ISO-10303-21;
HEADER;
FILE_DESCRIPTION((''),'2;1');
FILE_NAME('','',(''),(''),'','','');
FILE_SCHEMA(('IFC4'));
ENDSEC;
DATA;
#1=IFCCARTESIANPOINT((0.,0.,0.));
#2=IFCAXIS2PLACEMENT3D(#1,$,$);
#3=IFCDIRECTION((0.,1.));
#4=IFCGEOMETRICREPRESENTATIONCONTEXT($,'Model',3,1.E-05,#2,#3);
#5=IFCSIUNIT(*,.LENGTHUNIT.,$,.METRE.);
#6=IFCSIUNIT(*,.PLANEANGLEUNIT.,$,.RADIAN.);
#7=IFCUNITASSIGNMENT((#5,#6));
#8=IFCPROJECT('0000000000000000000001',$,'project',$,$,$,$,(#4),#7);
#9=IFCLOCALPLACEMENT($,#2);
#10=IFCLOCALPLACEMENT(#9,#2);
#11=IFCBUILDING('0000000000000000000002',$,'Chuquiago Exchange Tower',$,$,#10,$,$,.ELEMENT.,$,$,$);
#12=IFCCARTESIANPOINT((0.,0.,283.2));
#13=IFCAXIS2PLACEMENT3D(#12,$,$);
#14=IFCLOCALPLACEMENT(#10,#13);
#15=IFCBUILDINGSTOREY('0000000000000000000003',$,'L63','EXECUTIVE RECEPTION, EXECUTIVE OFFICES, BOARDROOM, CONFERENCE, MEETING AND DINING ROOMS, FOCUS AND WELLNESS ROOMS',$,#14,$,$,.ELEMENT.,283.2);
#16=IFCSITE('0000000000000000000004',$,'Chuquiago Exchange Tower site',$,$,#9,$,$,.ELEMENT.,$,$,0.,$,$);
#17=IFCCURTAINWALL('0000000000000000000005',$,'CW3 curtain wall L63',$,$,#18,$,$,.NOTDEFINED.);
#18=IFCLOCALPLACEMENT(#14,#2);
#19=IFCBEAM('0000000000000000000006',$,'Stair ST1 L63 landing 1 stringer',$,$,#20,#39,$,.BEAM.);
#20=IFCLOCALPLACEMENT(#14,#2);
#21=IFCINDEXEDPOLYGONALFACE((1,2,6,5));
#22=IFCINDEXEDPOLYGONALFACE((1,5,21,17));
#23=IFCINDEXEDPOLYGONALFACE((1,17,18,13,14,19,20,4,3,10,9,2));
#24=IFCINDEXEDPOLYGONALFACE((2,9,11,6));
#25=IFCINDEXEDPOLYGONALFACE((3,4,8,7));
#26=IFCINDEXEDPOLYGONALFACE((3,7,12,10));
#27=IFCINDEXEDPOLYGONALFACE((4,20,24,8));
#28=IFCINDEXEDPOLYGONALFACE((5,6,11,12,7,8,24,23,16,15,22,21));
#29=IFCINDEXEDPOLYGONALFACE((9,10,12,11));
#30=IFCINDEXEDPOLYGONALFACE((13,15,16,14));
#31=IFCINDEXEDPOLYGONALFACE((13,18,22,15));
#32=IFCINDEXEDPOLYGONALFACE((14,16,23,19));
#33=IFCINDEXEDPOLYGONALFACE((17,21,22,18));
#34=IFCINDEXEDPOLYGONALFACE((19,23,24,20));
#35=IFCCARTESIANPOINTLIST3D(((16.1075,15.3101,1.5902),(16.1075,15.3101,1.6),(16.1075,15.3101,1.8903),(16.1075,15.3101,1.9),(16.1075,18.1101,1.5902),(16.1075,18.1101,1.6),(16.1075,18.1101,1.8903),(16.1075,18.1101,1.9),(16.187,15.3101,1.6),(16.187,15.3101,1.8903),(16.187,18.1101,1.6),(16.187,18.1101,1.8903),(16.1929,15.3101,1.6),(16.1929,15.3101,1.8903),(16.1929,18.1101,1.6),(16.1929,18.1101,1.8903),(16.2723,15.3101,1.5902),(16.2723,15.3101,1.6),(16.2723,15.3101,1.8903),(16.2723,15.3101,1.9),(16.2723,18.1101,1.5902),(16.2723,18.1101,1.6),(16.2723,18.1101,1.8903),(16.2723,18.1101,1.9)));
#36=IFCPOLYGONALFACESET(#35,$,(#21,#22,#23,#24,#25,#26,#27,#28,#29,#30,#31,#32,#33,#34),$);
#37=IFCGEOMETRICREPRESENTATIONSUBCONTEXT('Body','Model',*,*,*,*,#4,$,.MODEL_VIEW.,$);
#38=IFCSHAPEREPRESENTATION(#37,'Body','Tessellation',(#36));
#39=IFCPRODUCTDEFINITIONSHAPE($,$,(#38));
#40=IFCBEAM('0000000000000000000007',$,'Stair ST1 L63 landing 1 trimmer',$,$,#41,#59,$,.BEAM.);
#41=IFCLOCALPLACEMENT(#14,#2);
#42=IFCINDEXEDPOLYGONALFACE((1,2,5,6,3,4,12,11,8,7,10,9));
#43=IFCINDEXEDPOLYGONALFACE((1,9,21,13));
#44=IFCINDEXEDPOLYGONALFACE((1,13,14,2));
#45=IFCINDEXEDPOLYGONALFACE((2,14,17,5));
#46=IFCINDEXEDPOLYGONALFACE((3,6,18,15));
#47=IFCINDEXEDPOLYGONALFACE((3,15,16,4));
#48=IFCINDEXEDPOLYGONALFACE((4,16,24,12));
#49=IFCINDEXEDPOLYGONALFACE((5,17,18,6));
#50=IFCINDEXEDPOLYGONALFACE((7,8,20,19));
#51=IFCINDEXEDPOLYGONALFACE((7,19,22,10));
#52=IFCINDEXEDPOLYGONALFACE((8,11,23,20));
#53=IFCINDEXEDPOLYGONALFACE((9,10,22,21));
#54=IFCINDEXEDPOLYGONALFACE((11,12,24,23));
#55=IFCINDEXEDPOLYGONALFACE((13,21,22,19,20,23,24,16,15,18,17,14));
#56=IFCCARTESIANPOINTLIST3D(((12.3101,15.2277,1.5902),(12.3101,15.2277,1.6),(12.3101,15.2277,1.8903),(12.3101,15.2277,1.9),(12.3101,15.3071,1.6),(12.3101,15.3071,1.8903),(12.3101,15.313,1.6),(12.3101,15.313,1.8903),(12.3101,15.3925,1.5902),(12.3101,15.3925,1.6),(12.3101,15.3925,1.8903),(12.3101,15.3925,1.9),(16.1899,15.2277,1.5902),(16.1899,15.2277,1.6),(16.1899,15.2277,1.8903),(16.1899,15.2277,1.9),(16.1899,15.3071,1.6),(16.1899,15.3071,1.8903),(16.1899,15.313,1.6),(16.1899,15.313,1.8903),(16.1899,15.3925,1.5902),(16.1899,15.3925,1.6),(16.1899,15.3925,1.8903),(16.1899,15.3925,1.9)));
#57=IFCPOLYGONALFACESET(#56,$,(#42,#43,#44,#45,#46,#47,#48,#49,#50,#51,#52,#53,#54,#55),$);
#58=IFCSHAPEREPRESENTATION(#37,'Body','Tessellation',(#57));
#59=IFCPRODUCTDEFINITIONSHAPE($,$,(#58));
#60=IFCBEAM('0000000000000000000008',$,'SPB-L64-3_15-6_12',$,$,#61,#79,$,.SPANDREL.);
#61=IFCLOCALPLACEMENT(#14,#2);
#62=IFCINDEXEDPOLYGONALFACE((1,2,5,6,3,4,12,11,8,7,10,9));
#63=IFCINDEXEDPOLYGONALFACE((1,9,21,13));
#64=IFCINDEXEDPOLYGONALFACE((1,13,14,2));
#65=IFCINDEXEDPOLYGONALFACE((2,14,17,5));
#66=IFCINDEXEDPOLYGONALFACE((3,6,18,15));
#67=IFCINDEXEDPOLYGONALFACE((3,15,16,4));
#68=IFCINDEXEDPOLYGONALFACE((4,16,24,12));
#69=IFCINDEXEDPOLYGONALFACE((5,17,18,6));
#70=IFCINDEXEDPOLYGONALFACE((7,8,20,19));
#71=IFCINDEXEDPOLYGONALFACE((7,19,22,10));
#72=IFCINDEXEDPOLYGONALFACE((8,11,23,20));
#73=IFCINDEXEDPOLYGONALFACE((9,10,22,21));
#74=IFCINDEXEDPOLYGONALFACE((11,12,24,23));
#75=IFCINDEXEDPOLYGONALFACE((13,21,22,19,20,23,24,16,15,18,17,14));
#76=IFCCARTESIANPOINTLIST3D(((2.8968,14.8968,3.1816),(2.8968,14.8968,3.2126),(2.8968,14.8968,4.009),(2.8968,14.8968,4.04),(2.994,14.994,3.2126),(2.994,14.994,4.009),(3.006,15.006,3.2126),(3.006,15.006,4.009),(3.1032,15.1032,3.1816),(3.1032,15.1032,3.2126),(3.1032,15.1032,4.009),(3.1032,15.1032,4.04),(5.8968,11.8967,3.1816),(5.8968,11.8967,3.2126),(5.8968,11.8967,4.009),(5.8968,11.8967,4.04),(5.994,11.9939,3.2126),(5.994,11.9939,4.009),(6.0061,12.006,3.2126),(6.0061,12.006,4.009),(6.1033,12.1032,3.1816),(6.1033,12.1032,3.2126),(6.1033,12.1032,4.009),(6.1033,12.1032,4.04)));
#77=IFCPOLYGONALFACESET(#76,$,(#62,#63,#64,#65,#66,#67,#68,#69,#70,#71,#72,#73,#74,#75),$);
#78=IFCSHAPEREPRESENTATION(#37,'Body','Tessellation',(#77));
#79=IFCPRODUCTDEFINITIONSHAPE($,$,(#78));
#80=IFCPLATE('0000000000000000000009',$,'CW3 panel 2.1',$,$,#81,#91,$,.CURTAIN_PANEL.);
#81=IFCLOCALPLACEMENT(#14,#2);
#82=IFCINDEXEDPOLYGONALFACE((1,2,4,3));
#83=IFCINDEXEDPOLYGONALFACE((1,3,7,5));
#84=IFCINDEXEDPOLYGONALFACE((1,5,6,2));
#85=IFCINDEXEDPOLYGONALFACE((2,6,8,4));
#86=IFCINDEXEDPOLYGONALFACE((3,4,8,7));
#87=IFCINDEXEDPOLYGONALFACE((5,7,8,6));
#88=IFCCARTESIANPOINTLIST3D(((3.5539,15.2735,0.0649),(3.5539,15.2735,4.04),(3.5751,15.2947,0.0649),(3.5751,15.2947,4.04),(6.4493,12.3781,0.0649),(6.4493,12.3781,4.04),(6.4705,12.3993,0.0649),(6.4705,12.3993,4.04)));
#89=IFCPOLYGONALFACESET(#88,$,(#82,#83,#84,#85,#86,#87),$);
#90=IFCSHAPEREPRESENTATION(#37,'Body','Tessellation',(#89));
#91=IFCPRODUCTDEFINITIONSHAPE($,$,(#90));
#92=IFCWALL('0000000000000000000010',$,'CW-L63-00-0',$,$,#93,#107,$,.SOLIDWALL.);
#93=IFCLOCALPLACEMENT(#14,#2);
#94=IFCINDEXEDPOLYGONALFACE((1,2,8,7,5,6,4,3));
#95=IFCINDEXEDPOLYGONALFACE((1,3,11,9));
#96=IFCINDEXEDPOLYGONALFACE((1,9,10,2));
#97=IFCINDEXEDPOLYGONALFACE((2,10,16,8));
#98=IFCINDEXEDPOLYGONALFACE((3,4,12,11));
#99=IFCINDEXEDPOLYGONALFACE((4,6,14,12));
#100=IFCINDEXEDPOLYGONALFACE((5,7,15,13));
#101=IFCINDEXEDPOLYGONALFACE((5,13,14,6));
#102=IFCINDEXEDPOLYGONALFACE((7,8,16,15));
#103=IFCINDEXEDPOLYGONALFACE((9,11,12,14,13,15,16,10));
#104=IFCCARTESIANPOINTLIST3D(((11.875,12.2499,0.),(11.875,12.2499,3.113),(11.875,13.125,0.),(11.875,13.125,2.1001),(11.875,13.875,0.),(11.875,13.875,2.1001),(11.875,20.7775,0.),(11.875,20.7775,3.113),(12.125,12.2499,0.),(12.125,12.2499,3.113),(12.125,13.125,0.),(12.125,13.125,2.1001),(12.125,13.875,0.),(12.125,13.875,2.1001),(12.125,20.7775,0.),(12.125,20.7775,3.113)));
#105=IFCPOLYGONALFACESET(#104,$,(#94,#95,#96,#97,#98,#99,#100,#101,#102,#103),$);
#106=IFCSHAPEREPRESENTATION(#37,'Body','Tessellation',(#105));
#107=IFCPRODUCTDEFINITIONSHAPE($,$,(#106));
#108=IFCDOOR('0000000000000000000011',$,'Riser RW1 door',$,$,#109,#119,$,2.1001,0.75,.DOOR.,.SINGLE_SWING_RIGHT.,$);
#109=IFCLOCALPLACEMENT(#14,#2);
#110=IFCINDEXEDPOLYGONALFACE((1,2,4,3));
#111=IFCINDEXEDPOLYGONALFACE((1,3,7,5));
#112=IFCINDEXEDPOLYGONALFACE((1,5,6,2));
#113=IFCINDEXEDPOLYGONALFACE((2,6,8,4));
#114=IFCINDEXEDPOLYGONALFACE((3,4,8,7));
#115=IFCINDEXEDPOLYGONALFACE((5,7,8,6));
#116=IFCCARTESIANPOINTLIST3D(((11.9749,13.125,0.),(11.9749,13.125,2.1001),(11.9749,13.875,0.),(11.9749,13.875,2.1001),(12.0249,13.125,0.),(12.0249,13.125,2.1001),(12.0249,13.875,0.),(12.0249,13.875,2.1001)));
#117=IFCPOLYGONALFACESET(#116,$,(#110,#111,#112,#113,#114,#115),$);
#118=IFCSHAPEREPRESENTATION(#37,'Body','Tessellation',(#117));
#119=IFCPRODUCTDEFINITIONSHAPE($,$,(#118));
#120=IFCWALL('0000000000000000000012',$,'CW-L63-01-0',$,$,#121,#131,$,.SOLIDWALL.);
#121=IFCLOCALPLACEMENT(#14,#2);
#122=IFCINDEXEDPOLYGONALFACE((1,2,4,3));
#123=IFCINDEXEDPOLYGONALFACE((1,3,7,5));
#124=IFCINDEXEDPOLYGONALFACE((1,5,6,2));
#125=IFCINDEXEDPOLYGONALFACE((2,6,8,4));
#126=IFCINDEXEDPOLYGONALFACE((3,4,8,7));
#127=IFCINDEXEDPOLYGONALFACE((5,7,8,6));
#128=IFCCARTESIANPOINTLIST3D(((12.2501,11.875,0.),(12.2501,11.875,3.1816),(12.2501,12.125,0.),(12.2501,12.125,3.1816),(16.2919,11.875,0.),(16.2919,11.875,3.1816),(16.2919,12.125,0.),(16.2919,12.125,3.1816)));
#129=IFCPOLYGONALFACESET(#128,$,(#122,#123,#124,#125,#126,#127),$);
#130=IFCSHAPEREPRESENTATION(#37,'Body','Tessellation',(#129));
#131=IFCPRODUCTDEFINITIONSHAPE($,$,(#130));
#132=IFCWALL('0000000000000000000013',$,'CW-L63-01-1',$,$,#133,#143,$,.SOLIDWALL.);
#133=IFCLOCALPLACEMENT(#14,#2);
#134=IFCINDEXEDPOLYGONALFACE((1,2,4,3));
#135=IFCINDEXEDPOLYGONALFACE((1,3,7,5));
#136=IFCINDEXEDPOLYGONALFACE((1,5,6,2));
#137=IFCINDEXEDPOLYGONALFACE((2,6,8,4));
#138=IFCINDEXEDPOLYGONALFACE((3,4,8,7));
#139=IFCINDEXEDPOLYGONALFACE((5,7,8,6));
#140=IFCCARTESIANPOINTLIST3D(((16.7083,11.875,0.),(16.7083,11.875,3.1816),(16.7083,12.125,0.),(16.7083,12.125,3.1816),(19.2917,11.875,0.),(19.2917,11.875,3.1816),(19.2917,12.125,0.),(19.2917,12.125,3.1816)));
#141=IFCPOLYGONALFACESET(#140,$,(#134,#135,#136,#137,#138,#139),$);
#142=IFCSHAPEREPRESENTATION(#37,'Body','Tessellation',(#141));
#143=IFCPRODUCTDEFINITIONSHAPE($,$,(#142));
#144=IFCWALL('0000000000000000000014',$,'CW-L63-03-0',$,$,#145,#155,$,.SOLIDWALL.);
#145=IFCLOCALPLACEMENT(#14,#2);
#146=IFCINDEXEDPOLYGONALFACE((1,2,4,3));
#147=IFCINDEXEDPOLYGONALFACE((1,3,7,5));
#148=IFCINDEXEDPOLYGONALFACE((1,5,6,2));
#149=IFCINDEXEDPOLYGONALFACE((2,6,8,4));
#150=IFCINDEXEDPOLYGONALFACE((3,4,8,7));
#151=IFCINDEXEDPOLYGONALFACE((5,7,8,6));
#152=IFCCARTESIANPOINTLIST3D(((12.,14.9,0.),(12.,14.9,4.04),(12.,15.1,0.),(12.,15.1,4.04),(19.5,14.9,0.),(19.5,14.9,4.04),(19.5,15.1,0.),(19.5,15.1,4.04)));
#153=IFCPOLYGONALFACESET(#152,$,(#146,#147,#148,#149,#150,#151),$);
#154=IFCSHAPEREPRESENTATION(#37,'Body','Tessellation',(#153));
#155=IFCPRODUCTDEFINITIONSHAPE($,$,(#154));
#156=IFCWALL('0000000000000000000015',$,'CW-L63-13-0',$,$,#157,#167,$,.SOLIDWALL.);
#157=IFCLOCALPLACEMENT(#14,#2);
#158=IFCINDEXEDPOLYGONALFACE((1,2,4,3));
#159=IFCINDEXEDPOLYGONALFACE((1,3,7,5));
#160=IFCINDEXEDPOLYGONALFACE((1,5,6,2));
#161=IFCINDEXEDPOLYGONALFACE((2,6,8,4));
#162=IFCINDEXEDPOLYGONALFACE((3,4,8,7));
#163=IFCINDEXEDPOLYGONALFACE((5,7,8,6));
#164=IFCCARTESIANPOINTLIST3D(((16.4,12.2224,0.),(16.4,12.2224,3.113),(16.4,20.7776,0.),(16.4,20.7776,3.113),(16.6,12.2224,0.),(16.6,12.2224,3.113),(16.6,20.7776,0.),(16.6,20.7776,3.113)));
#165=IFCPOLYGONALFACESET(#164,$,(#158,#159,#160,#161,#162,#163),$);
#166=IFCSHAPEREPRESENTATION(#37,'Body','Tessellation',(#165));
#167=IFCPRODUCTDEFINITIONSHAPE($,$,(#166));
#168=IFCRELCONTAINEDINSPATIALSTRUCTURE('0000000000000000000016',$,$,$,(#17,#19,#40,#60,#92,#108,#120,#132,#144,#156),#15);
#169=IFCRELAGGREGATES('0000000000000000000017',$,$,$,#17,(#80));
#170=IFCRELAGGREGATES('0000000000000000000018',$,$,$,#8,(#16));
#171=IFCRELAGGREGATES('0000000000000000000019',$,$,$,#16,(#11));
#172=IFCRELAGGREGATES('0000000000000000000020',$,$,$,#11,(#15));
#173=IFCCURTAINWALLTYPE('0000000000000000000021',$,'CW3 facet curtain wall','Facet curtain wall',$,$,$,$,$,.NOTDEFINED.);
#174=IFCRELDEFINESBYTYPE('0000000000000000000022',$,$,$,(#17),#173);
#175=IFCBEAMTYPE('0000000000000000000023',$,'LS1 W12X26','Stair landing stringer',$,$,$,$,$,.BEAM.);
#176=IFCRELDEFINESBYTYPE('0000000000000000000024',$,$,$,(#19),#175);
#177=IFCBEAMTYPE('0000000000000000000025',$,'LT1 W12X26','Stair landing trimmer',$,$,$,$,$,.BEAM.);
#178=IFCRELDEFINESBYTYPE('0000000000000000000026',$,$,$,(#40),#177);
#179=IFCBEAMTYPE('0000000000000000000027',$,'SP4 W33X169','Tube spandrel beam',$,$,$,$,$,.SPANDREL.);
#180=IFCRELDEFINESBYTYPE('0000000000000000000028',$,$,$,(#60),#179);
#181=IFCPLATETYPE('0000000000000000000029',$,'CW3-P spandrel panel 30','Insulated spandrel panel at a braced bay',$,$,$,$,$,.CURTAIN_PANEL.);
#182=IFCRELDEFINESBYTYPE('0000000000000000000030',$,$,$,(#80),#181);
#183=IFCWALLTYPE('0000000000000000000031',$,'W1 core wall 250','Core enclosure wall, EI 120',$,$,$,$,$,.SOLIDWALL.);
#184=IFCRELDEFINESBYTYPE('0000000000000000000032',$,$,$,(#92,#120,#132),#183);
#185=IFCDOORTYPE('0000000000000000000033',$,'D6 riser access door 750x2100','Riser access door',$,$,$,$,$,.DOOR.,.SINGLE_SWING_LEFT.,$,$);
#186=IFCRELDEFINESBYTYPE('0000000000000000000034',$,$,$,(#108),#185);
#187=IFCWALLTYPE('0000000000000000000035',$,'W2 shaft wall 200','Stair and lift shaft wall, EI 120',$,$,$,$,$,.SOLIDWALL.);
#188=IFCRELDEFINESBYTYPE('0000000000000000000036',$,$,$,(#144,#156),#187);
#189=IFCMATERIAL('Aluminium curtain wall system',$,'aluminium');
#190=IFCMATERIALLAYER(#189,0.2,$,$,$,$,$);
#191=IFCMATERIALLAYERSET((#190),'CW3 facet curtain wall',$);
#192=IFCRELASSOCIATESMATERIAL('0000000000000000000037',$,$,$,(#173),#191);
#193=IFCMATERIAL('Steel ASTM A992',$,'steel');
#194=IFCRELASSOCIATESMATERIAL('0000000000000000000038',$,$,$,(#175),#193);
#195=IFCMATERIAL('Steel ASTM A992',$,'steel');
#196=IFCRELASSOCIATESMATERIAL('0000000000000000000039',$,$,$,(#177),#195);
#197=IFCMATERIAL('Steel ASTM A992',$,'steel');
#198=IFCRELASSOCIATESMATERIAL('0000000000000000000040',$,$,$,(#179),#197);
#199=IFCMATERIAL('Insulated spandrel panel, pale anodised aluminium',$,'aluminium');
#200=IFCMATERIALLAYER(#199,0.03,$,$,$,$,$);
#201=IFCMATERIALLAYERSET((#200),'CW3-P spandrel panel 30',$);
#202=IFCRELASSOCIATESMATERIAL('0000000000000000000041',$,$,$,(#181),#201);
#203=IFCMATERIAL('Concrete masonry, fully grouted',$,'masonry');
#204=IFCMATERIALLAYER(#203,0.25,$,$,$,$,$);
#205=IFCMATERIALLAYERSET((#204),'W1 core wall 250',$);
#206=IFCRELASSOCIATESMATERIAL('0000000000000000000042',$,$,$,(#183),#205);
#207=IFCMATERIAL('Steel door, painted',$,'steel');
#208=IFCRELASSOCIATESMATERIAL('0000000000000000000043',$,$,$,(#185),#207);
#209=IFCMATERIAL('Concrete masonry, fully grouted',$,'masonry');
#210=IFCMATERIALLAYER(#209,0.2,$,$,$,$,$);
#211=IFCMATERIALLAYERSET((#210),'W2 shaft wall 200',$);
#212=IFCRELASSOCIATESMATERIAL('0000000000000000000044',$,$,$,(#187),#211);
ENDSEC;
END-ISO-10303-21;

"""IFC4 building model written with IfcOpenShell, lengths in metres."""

from ifc_helpers import new_model, si_unit, direction, frame, frame_2d, origin, origin_2d, place, context, subcontext, project, spatial, rectangle, i_section, extrude, material, layer, layer_set, material_profile, profile_set, type_object, element, fill, aggregate, save


model = new_model("IFC4")

# Units and contexts
model_context = context("Model", 3, precision=1e-05, world=origin(), true_north=direction((0.0, 1.0)))
body_context = subcontext(model_context, "Body", "Model", "MODEL_VIEW")
ifc_project = project(units=[si_unit("LENGTHUNIT", "METRE"), si_unit("PLANEANGLEUNIT", "RADIAN")], contexts=[model_context])

# Site, building, storey
site_placement = place(None, origin())
site = spatial("IfcSite", under=ifc_project, at=site_placement, Name="Chuquiago Exchange Tower site", CompositionType="ELEMENT", RefElevation=0.0)
building_placement = place(site_placement, origin())
building = spatial("IfcBuilding", under=site, at=building_placement, Name="Chuquiago Exchange Tower", CompositionType="ELEMENT")
storey_placement = place(building_placement, frame((0.0, 0.0, 283.2)))
storey = spatial("IfcBuildingStorey", under=building, at=storey_placement, Name="L63", Description="EXECUTIVE RECEPTION, EXECUTIVE OFFICES, BOARDROOM, CONFERENCE, MEETING AND DINING ROOMS, FOCUS AND WELLNESS ROOMS", CompositionType="ELEMENT", Elevation=283.2)

# Curtain wall
ifc_material_1 = material(Name="Aluminium curtain wall system", Category="aluminium")
ifc_layer_1 = layer(ifc_material_1, 0.2)
ifc_layer_set_1 = layer_set([ifc_layer_1], Name="CW3 facet curtain wall")
curtain_wall_type = type_object("IfcCurtainWallType", Name="CW3 facet curtain wall", Description="Facet curtain wall", PredefinedType="NOTDEFINED", material=ifc_layer_set_1)
curtain_wall_placement = place(storey_placement, origin())
curtain_wall = element("IfcCurtainWall", 1, at=curtain_wall_placement, inside=storey, type_object=curtain_wall_type, Name="CW3 curtain wall L63", PredefinedType="NOTDEFINED")

# Beams
ifc_material_2 = material(Name="Steel ASTM A992", Category="steel")
ifc_material_profile_1 = material_profile(ifc_material_2, i_section(OverallWidth=0.1648, OverallDepth=0.3098, WebThickness=0.0059, FlangeThickness=0.0098, at=origin_2d()), Name="W12X26")
ifc_profile_set_1 = profile_set([ifc_material_profile_1], Name="Steel ASTM A992")
beam_type_1 = type_object("IfcBeamType", Name="LS1 W12X26", Description="Stair landing stringer", PredefinedType="BEAM", material=ifc_profile_set_1)
for number, where, z_axis, x_axis, name in (
    (2, (16.1899, 15.3101, 1.7451), (0.0, 1.0, 0.0), (-1.0, 0.0, 0.0), "Stair ST1 L63 landing 1 stringer"),
):
    element("IfcBeam", number, at=place(storey_placement, frame(where, z_axis=z_axis, x_axis=x_axis)), inside=storey, type_object=beam_type_1, Name=name, PredefinedType="BEAM", context=body_context, shape_type="SweptSolid", body=[
        extrude(i_section(OverallWidth=0.1648, OverallDepth=0.3098, WebThickness=0.0059, FlangeThickness=0.0098, at=origin_2d()), origin(), (0.0, 0.0, 1.0), 2.8),
    ])
ifc_material_3 = material(Name="Steel ASTM A992", Category="steel")
ifc_material_profile_2 = material_profile(ifc_material_3, i_section(OverallWidth=0.1648, OverallDepth=0.3098, WebThickness=0.0059, FlangeThickness=0.0098, at=origin_2d()), Name="W12X26")
ifc_profile_set_2 = profile_set([ifc_material_profile_2], Name="Steel ASTM A992")
beam_type_2 = type_object("IfcBeamType", Name="LT1 W12X26", Description="Stair landing trimmer", PredefinedType="BEAM", material=ifc_profile_set_2)
beam_1_placement = place(storey_placement, frame((12.3101, 15.3101, 1.7451), z_axis=(1.0, 0.0, 0.0), x_axis=(0.0, 1.0, 0.0)))
element("IfcBeam", 3, at=beam_1_placement, inside=storey, type_object=beam_type_2, Name="Stair ST1 L63 landing 1 trimmer", PredefinedType="BEAM", context=body_context, shape_type="SweptSolid", body=[
    extrude(i_section(OverallWidth=0.1648, OverallDepth=0.3098, WebThickness=0.0059, FlangeThickness=0.0098, at=origin_2d()), origin(), (0.0, 0.0, 1.0), 3.8799),
])
ifc_material_4 = material(Name="Steel ASTM A992", Category="steel")
ifc_material_profile_3 = material_profile(ifc_material_4, i_section(OverallWidth=0.292, OverallDepth=0.8584, WebThickness=0.0171, FlangeThickness=0.031, at=origin_2d()), Name="W33X169")
ifc_profile_set_3 = profile_set([ifc_material_profile_3], Name="Steel ASTM A992")
beam_type_3 = type_object("IfcBeamType", Name="SP4 W33X169", Description="Tube spandrel beam", PredefinedType="SPANDREL", material=ifc_profile_set_3)
beam_2_placement = place(storey_placement, frame((3.0, 15.0, 3.6108), z_axis=(0.707107, -0.707107, 0.0), x_axis=(0.707107, 0.707107, 0.0)))
element("IfcBeam", 4, at=beam_2_placement, inside=storey, type_object=beam_type_3, Name="SPB-L64-3_15-6_12", PredefinedType="SPANDREL", context=body_context, shape_type="SweptSolid", body=[
    extrude(i_section(OverallWidth=0.292, OverallDepth=0.8584, WebThickness=0.0171, FlangeThickness=0.031, at=origin_2d()), origin(), (0.0, 0.0, 1.0), 4.2427),
])

# Plate
ifc_material_5 = material(Name="Insulated spandrel panel, pale anodised aluminium", Category="aluminium")
ifc_layer_2 = layer(ifc_material_5, 0.03)
ifc_layer_set_2 = layer_set([ifc_layer_2], Name="CW3-P spandrel panel 30")
plate_type = type_object("IfcPlateType", Name="CW3-P spandrel panel 30", Description="Insulated spandrel panel at a braced bay", PredefinedType="CURTAIN_PANEL", material=ifc_layer_set_2)
plate_placement = place(storey_placement, frame((5.0122, 13.8364, 0.0649), z_axis=(0.0, 0.0, 1.0), x_axis=(0.707107, -0.707107, 0.0)))
plate = element("IfcPlate", 5, at=plate_placement, type_object=plate_type, Name="CW3 panel 2.1", PredefinedType="CURTAIN_PANEL", context=body_context, shape_type="SweptSolid", body=[
    extrude(rectangle(XDim=4.0947, YDim=0.03, at=origin_2d()), origin(), (0.0, 0.0, 1.0), 3.9751),
])
aggregate(curtain_wall, [plate])

# Wall, opening, door
ifc_material_6 = material(Name="Concrete masonry, fully grouted", Category="masonry")
ifc_layer_3 = layer(ifc_material_6, 0.25)
ifc_layer_set_3 = layer_set([ifc_layer_3], Name="W1 core wall 250")
wall_type_1 = type_object("IfcWallType", Name="W1 core wall 250", Description="Core enclosure wall, EI 120", PredefinedType="SOLIDWALL", material=ifc_layer_set_3)
wall_1_placement = place(storey_placement, frame((12.0, 12.25, 0.0), z_axis=(0.0, 0.0, 1.0), x_axis=(0.0, 1.0, 0.0)))
wall_1 = element("IfcWall", 6, at=wall_1_placement, inside=storey, type_object=wall_type_1, Name="CW-L63-00-0", PredefinedType="SOLIDWALL", context=body_context, shape_type="SweptSolid", body=[
    extrude(rectangle(XDim=8.5276, YDim=0.25, at=frame_2d((4.2637, 0.0))), origin(), (0.0, 0.0, 1.0), 3.113),
])
opening_1_placement = place(wall_1_placement, frame((0.875, 0.0, 0.0)))
opening_1 = element("IfcOpeningElement", 7, at=opening_1_placement, cuts=wall_1, PredefinedType="OPENING", context=body_context, shape_type="SweptSolid", body=[
    extrude(rectangle(XDim=0.75, YDim=2.1001, at=frame_2d((0.375, 1.05))), frame((0.0, 0.135, 0.0), z_axis=(0.0, -1.0, 0.0), x_axis=(1.0, 0.0, 0.0)), (0.0, 0.0, 1.0), 0.27),
])
ifc_material_7 = material(Name="Steel door, painted", Category="steel")
door_type_1 = type_object("IfcDoorType", Name="D6 riser access door 750x2100", Description="Riser access door", OperationType="SINGLE_SWING_LEFT", PredefinedType="DOOR", material=ifc_material_7)
door_1_placement = place(opening_1_placement, frame((0.75, 0.0, 0.0), z_axis=(0.0, 0.0, 1.0), x_axis=(-1.0, 0.0, 0.0)))
door_1 = element("IfcDoor", 8, at=door_1_placement, inside=storey, type_object=door_type_1, Name="Riser RW1 door", OperationType="SINGLE_SWING_RIGHT", OverallHeight=2.1001, OverallWidth=0.75, PredefinedType="DOOR", context=body_context, shape_type="SweptSolid", body=[
    extrude(rectangle(XDim=0.75, YDim=2.1001, at=frame_2d((0.375, 1.05))), frame((0.0, 0.0249, 0.0), z_axis=(0.0, -1.0, 0.0), x_axis=(1.0, 0.0, 0.0)), (0.0, 0.0, 1.0), 0.05),
])
fill(opening_1, door_1)

# Walls
wall_2_placement = place(storey_placement, frame((12.25, 12.0, 0.0), z_axis=(0.0, 0.0, 1.0), x_axis=(1.0, 0.0, 0.0)))
element("IfcWall", 9, at=wall_2_placement, inside=storey, type_object=wall_type_1, Name="CW-L63-01-0", PredefinedType="SOLIDWALL", context=body_context, shape_type="SweptSolid", body=[
    extrude(rectangle(XDim=4.0417, YDim=0.25, at=frame_2d((2.021, 0.0))), origin(), (0.0, 0.0, 1.0), 3.1816),
])
wall_3_placement = place(storey_placement, frame((16.7083, 12.0, 0.0), z_axis=(0.0, 0.0, 1.0), x_axis=(1.0, 0.0, 0.0)))
element("IfcWall", 10, at=wall_3_placement, inside=storey, type_object=wall_type_1, Name="CW-L63-01-1", PredefinedType="SOLIDWALL", context=body_context, shape_type="SweptSolid", body=[
    extrude(rectangle(XDim=2.5835, YDim=0.25, at=frame_2d((1.2917, 0.0))), origin(), (0.0, 0.0, 1.0), 3.1816),
])
ifc_material_8 = material(Name="Concrete masonry, fully grouted", Category="masonry")
ifc_layer_4 = layer(ifc_material_8, 0.2)
ifc_layer_set_4 = layer_set([ifc_layer_4], Name="W2 shaft wall 200")
wall_type_2 = type_object("IfcWallType", Name="W2 shaft wall 200", Description="Stair and lift shaft wall, EI 120", PredefinedType="SOLIDWALL", material=ifc_layer_set_4)
wall_4_placement = place(storey_placement, frame((12.0, 15.0, 0.0), z_axis=(0.0, 0.0, 1.0), x_axis=(1.0, 0.0, 0.0)))
element("IfcWall", 11, at=wall_4_placement, inside=storey, type_object=wall_type_2, Name="CW-L63-03-0", PredefinedType="SOLIDWALL", context=body_context, shape_type="SweptSolid", body=[
    extrude(rectangle(XDim=7.5, YDim=0.2, at=frame_2d((3.75, 0.0))), origin(), (0.0, 0.0, 1.0), 4.04),
])
wall_5_placement = place(storey_placement, frame((16.5, 12.2224, 0.0), z_axis=(0.0, 0.0, 1.0), x_axis=(0.0, 1.0, 0.0)))
element("IfcWall", 12, at=wall_5_placement, inside=storey, type_object=wall_type_2, Name="CW-L63-13-0", PredefinedType="SOLIDWALL", context=body_context, shape_type="SweptSolid", body=[
    extrude(rectangle(XDim=8.5552, YDim=0.2, at=frame_2d((4.2776, 0.0))), origin(), (0.0, 0.0, 1.0), 3.113),
])

save(model, "model.ifc")
